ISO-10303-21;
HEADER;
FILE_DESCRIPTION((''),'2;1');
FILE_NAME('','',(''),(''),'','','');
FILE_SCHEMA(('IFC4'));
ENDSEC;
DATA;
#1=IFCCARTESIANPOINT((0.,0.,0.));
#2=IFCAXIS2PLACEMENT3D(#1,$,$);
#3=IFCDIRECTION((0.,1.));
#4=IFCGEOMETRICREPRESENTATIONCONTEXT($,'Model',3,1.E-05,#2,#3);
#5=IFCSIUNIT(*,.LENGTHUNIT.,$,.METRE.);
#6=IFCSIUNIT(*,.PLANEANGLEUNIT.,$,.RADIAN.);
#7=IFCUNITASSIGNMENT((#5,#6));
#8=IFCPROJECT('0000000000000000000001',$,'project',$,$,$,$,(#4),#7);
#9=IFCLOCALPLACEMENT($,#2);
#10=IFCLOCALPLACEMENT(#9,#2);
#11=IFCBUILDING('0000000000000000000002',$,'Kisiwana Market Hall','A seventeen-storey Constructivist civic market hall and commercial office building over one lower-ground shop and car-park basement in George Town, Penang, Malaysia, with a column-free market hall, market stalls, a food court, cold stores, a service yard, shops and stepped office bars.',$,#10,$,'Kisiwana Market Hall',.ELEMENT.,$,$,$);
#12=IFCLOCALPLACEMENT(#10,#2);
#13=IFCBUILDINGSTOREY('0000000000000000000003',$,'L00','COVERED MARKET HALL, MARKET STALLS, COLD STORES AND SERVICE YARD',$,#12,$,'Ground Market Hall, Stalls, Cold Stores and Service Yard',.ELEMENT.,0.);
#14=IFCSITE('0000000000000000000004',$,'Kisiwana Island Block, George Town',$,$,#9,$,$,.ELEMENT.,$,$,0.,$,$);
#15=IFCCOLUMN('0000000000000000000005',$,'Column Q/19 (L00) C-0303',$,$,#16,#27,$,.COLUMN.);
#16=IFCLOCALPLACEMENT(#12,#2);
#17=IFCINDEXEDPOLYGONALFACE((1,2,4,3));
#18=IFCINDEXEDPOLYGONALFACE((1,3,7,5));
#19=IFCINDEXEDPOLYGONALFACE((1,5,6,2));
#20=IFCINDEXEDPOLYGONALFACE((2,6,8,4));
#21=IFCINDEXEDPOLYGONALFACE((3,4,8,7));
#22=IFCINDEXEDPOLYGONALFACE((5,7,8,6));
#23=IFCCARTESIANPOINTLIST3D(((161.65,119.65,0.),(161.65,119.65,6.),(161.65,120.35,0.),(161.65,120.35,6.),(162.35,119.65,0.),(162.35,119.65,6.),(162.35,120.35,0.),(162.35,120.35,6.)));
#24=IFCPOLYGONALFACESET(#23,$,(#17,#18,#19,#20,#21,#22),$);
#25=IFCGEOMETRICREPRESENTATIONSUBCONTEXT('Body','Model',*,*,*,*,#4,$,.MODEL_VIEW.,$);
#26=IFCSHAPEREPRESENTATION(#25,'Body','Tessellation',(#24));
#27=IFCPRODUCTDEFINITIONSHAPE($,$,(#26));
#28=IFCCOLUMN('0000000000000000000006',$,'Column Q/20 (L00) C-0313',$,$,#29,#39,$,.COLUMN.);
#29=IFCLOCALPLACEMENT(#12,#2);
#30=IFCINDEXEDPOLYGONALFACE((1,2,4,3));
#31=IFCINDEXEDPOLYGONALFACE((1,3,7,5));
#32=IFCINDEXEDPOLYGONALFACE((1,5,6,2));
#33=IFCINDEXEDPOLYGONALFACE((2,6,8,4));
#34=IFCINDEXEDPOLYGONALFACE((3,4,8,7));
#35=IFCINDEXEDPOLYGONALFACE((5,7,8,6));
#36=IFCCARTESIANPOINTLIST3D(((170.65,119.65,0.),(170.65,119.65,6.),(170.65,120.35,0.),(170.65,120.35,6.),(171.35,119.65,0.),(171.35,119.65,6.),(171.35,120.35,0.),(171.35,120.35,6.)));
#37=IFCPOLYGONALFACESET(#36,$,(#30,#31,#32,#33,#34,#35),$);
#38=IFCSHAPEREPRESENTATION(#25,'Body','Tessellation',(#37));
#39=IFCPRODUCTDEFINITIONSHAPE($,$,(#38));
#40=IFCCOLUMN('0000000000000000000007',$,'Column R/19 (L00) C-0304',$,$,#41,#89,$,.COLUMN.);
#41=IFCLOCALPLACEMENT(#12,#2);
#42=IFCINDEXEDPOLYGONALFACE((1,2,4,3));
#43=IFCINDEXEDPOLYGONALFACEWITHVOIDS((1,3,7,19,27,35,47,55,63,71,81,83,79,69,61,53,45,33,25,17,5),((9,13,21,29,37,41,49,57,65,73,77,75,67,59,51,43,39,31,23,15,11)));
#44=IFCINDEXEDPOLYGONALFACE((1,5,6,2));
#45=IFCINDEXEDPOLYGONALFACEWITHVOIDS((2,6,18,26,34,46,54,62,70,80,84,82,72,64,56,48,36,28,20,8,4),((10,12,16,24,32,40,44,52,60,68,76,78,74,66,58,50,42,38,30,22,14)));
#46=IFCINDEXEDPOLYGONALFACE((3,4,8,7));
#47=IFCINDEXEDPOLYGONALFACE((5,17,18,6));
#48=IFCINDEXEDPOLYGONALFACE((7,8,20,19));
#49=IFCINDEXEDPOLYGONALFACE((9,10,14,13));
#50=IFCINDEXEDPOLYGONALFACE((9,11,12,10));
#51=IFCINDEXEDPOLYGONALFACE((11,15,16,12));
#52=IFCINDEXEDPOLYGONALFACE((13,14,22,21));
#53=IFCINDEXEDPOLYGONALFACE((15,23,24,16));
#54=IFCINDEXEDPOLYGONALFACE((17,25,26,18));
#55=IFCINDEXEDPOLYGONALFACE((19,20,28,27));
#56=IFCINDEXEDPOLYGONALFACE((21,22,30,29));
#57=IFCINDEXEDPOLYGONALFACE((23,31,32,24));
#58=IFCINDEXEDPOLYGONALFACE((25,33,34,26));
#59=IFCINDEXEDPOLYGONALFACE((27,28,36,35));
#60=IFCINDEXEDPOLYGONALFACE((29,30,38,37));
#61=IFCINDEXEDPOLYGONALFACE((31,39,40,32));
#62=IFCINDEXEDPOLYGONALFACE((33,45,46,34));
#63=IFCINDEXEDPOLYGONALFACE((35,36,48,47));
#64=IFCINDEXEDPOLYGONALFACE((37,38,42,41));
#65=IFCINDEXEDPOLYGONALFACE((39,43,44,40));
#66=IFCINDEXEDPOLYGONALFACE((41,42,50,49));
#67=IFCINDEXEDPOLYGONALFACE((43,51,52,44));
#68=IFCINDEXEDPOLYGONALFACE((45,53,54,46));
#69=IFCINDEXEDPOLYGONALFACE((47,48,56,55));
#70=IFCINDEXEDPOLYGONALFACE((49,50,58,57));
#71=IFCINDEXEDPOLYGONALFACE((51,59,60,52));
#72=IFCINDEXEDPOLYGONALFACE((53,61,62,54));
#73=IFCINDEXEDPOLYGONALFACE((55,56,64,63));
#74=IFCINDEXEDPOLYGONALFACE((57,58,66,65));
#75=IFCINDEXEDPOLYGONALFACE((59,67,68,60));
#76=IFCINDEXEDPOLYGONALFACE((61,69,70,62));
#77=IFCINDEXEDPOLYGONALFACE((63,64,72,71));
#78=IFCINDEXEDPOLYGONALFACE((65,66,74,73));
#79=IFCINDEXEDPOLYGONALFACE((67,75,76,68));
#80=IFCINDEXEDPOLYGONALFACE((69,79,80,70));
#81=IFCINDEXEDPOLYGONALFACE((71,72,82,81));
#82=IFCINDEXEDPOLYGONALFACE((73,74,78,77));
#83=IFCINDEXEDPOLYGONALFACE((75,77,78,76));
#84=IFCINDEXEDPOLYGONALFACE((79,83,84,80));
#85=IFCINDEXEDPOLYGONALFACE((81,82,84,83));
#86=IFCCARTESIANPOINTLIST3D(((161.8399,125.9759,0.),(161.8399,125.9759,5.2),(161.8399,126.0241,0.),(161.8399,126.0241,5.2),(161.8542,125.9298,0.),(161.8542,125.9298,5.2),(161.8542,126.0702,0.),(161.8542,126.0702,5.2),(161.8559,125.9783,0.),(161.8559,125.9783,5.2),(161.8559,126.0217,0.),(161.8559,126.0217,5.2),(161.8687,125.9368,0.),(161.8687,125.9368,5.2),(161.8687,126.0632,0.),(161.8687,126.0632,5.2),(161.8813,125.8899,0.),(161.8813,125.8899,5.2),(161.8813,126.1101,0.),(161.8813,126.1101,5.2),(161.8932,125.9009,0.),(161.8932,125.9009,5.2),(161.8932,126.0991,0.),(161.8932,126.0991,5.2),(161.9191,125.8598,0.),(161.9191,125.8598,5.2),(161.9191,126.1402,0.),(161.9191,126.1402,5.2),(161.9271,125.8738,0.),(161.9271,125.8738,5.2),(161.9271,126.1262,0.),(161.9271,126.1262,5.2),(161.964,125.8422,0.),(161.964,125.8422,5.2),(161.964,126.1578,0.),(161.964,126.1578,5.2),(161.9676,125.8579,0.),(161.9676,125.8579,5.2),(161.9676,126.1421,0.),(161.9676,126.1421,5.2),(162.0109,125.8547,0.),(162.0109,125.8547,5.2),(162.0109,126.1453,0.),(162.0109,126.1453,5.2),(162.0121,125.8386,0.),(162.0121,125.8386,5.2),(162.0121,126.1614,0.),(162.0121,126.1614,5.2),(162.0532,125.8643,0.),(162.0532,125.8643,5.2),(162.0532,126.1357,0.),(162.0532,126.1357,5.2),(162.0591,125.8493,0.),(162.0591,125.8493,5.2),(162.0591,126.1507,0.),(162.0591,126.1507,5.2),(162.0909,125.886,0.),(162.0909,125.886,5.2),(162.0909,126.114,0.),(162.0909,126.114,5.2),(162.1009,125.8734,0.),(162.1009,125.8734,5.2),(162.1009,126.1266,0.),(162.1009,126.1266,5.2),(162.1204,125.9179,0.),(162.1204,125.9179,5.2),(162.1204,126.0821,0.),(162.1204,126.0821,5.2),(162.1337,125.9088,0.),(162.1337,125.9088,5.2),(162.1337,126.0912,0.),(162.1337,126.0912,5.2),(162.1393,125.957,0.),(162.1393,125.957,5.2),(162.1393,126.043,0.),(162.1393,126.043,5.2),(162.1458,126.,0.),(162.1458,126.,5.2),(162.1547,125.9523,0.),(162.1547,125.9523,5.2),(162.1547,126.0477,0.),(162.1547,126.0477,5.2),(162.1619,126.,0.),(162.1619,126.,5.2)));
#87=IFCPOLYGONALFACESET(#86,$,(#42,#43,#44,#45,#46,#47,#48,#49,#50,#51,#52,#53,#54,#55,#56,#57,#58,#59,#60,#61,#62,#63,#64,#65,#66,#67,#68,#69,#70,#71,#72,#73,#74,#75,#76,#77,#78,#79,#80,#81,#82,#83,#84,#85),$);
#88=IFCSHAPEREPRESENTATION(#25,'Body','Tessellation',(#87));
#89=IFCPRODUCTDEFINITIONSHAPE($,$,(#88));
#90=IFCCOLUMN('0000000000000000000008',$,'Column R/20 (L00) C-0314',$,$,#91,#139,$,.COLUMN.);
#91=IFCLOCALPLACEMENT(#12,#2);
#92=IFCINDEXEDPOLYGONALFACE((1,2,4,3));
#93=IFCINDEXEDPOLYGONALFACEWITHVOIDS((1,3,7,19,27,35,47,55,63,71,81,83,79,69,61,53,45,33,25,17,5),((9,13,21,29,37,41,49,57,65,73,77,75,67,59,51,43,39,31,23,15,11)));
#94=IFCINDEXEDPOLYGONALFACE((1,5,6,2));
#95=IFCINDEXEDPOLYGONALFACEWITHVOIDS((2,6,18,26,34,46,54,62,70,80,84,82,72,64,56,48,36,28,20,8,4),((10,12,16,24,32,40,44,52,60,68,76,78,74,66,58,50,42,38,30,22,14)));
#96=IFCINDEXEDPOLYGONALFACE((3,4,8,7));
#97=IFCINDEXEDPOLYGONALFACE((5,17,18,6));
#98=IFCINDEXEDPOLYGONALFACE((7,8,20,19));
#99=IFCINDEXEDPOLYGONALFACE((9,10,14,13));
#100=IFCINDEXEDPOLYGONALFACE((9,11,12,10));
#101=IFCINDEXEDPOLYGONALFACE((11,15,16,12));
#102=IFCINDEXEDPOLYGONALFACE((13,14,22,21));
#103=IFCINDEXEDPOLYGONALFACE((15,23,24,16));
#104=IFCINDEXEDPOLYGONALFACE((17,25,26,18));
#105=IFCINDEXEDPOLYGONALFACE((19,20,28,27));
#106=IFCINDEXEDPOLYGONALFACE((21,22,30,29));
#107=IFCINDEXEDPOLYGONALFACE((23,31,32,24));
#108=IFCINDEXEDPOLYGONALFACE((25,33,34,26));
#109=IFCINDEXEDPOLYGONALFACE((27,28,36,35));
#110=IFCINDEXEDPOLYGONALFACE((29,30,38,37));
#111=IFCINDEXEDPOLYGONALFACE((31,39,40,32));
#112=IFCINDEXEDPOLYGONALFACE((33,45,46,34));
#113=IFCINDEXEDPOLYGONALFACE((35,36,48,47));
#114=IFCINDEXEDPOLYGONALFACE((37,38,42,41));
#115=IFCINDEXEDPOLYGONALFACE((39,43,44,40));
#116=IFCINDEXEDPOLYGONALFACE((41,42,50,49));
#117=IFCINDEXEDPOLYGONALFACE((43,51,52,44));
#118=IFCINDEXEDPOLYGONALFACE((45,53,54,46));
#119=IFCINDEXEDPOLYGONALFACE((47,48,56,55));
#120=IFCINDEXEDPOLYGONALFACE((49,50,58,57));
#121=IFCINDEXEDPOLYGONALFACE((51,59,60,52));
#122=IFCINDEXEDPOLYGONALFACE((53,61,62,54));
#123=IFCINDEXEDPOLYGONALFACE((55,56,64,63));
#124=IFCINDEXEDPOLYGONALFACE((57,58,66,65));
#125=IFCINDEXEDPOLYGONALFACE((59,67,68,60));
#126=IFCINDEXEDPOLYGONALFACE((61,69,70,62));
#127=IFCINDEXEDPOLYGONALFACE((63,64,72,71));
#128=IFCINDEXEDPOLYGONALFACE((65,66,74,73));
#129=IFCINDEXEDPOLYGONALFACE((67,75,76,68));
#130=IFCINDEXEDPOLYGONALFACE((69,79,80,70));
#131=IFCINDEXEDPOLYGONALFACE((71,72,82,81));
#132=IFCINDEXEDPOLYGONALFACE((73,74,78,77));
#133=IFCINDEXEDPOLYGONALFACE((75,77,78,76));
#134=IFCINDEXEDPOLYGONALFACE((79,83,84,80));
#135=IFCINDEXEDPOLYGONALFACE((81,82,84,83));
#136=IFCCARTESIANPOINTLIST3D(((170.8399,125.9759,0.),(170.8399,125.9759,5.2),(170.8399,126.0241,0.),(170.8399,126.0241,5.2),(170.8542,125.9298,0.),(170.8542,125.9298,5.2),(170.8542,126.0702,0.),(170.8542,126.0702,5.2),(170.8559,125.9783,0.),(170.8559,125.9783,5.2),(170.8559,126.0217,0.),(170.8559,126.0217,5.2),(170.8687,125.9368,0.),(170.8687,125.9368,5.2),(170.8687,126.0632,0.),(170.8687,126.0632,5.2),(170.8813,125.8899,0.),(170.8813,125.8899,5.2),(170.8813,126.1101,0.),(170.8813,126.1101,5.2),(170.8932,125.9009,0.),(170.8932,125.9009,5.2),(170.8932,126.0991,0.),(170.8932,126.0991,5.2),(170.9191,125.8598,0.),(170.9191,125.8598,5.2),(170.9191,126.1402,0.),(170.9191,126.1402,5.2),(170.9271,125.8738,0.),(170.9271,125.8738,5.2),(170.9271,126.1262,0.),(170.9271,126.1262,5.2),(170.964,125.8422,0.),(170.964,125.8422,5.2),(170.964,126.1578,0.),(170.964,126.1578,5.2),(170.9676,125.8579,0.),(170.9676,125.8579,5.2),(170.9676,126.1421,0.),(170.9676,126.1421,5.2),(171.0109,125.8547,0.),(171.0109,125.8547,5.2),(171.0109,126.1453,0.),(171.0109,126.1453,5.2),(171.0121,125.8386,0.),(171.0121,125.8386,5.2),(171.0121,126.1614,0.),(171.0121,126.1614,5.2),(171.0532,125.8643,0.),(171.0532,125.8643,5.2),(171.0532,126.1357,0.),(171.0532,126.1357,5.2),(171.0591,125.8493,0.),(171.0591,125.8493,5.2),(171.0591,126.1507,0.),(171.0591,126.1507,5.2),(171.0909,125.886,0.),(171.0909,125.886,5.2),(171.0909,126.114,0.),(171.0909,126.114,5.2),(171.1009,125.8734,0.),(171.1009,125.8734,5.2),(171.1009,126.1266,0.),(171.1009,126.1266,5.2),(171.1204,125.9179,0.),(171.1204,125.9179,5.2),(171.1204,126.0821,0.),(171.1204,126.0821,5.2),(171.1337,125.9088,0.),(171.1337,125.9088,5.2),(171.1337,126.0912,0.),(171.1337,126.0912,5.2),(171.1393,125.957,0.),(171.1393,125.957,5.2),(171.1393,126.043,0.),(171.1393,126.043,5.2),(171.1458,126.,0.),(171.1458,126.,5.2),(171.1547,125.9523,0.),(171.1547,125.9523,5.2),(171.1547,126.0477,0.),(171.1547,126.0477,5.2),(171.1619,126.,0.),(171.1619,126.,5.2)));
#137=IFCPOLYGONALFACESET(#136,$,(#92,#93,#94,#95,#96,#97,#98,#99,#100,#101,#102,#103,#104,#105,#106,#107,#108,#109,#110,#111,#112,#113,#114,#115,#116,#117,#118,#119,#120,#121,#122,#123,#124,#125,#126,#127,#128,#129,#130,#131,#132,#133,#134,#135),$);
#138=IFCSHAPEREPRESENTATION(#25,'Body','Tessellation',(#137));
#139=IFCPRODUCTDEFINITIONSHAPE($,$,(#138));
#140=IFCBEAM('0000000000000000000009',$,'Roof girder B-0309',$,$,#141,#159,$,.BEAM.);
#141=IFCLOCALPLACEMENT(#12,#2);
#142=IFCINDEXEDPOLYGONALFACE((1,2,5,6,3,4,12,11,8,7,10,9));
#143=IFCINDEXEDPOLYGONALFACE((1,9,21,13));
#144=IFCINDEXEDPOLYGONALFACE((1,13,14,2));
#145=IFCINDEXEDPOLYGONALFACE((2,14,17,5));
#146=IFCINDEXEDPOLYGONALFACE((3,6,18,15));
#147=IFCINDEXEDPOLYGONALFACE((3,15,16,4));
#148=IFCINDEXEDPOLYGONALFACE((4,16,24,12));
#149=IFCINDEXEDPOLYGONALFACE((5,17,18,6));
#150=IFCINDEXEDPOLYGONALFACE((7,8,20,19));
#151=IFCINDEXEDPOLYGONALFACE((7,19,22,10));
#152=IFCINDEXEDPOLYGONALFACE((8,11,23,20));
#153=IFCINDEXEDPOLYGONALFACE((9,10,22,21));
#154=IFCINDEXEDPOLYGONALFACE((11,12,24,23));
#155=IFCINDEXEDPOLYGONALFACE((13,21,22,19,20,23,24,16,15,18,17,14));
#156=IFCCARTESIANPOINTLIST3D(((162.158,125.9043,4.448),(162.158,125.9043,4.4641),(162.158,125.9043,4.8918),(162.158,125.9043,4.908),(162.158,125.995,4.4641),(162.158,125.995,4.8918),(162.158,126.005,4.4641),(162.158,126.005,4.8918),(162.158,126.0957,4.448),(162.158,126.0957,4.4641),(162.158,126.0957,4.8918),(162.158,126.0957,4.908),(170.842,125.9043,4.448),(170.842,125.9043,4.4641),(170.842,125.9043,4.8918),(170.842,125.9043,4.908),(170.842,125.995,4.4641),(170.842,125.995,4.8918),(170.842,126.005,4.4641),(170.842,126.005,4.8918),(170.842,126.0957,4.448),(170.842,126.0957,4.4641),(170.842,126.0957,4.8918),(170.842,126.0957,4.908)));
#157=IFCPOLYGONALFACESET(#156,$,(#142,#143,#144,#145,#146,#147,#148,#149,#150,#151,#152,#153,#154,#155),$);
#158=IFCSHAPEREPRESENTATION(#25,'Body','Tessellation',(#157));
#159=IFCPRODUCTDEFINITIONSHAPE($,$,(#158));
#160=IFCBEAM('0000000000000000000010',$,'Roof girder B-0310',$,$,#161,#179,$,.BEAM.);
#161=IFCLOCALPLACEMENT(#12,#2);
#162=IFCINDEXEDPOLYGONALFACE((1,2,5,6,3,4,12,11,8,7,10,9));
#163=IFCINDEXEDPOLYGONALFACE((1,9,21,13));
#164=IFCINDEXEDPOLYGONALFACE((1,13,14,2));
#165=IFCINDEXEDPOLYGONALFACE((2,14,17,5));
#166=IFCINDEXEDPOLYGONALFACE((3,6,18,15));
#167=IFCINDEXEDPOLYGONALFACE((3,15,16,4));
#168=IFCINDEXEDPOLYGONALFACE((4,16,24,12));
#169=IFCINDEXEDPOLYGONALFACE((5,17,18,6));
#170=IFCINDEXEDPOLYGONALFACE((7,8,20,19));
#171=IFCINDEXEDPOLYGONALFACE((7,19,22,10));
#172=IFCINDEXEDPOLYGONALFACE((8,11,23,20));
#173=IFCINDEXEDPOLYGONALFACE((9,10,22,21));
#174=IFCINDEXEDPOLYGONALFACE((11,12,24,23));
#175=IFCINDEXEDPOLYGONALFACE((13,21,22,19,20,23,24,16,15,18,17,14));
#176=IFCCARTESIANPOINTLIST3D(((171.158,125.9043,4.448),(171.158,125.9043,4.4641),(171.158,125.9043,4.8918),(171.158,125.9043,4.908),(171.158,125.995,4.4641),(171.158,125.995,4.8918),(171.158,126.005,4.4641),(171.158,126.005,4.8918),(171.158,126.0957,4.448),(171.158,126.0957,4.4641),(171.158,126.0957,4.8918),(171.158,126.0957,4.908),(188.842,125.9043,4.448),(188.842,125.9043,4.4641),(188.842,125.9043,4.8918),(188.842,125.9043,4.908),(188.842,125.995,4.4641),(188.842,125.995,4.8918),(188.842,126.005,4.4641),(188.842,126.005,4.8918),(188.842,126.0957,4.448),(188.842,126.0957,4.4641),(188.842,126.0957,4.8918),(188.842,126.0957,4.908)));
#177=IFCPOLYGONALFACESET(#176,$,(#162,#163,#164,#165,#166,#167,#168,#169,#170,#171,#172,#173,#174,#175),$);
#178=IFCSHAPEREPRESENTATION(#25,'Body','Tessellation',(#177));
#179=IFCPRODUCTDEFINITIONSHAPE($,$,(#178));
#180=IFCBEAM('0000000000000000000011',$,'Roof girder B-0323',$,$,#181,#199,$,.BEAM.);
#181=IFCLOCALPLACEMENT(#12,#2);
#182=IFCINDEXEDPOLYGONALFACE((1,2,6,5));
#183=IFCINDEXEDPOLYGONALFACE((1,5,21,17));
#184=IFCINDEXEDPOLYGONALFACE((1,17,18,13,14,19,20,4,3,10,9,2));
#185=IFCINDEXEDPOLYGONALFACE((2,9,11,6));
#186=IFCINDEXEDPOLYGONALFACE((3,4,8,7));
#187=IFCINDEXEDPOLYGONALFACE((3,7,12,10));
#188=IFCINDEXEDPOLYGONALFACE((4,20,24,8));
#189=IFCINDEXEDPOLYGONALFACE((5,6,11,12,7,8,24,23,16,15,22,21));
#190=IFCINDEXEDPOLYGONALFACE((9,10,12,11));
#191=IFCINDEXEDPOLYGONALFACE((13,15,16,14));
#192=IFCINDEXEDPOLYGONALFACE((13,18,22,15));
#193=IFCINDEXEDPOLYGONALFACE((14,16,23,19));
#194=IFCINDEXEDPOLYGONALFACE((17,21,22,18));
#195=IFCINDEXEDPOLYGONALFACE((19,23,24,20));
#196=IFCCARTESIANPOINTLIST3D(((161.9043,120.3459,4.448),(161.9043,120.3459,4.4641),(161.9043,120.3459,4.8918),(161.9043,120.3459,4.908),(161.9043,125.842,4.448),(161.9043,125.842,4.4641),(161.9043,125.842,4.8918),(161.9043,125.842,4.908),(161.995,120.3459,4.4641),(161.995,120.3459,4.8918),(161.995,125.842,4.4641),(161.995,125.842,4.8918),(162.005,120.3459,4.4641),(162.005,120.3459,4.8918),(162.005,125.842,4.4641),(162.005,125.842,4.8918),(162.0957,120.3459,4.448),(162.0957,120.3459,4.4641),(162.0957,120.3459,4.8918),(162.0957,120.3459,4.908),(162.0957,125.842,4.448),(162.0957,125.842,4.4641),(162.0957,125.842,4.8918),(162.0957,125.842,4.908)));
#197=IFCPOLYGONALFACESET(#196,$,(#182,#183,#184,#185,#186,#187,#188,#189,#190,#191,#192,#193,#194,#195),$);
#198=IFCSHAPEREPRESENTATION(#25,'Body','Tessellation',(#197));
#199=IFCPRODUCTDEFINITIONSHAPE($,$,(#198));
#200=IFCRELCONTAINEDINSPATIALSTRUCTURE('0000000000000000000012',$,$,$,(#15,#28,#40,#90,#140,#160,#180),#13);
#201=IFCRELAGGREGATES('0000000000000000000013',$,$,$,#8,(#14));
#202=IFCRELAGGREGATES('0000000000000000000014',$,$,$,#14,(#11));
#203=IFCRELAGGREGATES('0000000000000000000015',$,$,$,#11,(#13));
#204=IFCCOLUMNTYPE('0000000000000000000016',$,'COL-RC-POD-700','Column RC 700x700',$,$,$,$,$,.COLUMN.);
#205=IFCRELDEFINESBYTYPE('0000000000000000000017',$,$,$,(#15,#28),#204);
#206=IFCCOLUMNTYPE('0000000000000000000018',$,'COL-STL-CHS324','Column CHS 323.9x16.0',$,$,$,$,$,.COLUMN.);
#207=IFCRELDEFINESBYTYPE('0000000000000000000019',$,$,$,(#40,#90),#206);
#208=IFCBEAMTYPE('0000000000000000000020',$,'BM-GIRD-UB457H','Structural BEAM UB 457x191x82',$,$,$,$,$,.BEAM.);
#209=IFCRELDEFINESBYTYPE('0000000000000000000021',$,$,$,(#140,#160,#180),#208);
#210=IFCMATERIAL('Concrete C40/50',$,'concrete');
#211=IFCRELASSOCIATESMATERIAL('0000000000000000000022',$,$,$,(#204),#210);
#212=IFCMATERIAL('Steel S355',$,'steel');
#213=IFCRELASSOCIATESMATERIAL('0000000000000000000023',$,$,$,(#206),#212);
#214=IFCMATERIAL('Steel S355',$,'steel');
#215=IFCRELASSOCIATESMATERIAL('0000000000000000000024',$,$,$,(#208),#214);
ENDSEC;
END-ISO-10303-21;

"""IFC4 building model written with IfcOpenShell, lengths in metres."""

from ifc_helpers import new_model, si_unit, direction, frame, origin, origin_2d, place, context, subcontext, project, spatial, rectangle, hollow_circle, i_section, extrude, material, material_profile, profile_set, type_object, element, save


model = new_model("IFC4")

# Units and contexts
model_context = context("Model", 3, precision=1e-05, world=origin(), true_north=direction((0.0, 1.0)))
body_context = subcontext(model_context, "Body", "Model", "MODEL_VIEW")
ifc_project = project(units=[si_unit("LENGTHUNIT", "METRE"), si_unit("PLANEANGLEUNIT", "RADIAN")], contexts=[model_context])

# Site, building, storey
site_placement = place(None, origin())
site = spatial("IfcSite", under=ifc_project, at=site_placement, Name="Kisiwana Island Block, George Town", CompositionType="ELEMENT", RefElevation=0.0)
building_placement = place(site_placement, origin())
building = spatial("IfcBuilding", under=site, at=building_placement, Name="Kisiwana Market Hall", Description="A seventeen-storey Constructivist civic market hall and commercial office building over one lower-ground shop and car-park basement in George Town, Penang, Malaysia, with a column-free market hall, market stalls, a food court, cold stores, a service yard, shops and stepped office bars.", LongName="Kisiwana Market Hall", CompositionType="ELEMENT")
storey_placement = place(building_placement, origin())
storey = spatial("IfcBuildingStorey", under=building, at=storey_placement, Name="L00", Description="COVERED MARKET HALL, MARKET STALLS, COLD STORES AND SERVICE YARD", LongName="Ground Market Hall, Stalls, Cold Stores and Service Yard", CompositionType="ELEMENT", Elevation=0.0)

# Columns
ifc_material_1 = material(Name="Concrete C40/50", Category="concrete")
ifc_material_profile_1 = material_profile(ifc_material_1, rectangle(XDim=0.7, YDim=0.7, at=origin_2d()), Name="RC 700x700")
ifc_profile_set_1 = profile_set([ifc_material_profile_1], Name="Concrete C40/50")
column_type_1 = type_object("IfcColumnType", Name="COL-RC-POD-700", Description="Column RC 700x700", PredefinedType="COLUMN", material=ifc_profile_set_1)
for number, where, z_axis, x_axis, name in (
    (1, (162.0, 120.0, 0.0), (0.0, 0.0, 1.0), (1.0, 0.0, 0.0), "Column Q/19 (L00) C-0303"),
    (2, (171.0, 120.0, 0.0), (0.0, 0.0, 1.0), (1.0, 0.0, 0.0), "Column Q/20 (L00) C-0313"),
):
    element("IfcColumn", number, at=place(storey_placement, frame(where, z_axis=z_axis, x_axis=x_axis)), inside=storey, type_object=column_type_1, Name=name, PredefinedType="COLUMN", context=body_context, shape_type="SweptSolid", body=[
        extrude(rectangle(XDim=0.7, YDim=0.7, at=origin_2d()), origin(), (0.0, 0.0, 1.0), 6.0),
    ])
ifc_material_2 = material(Name="Steel S355", Category="steel")
ifc_material_profile_2 = material_profile(ifc_material_2, hollow_circle(Radius=0.1619, WallThickness=0.0161, at=origin_2d()), Name="CHS 323.9x16.0")
ifc_profile_set_2 = profile_set([ifc_material_profile_2], Name="Steel S355")
column_type_2 = type_object("IfcColumnType", Name="COL-STL-CHS324", Description="Column CHS 323.9x16.0", PredefinedType="COLUMN", material=ifc_profile_set_2)
for number, where, z_axis, x_axis, name in (
    (3, (162.0, 126.0, 0.0), (0.0, 0.0, 1.0), (1.0, 0.0, 0.0), "Column R/19 (L00) C-0304"),
    (4, (171.0, 126.0, 0.0), (0.0, 0.0, 1.0), (1.0, 0.0, 0.0), "Column R/20 (L00) C-0314"),
):
    element("IfcColumn", number, at=place(storey_placement, frame(where, z_axis=z_axis, x_axis=x_axis)), inside=storey, type_object=column_type_2, Name=name, PredefinedType="COLUMN", context=body_context, shape_type="SweptSolid", body=[
        extrude(hollow_circle(Radius=0.1619, WallThickness=0.0161, at=origin_2d()), origin(), (0.0, 0.0, 1.0), 5.2),
    ])

# Beams
ifc_material_3 = material(Name="Steel S355", Category="steel")
ifc_material_profile_3 = material_profile(ifc_material_3, i_section(OverallWidth=0.1914, OverallDepth=0.46, WebThickness=0.01, FlangeThickness=0.0161, at=origin_2d()), Name="UB 457x191x82")
ifc_profile_set_3 = profile_set([ifc_material_profile_3], Name="Steel S355")
beam_type_1 = type_object("IfcBeamType", Name="BM-GIRD-UB457H", Description="Structural BEAM UB 457x191x82", PredefinedType="BEAM", material=ifc_profile_set_3)
beam_1_placement = place(storey_placement, frame((162.158, 126.0, 4.678), z_axis=(1.0, 0.0, 0.0), x_axis=(0.0, 1.0, 0.0)))
element("IfcBeam", 5, at=beam_1_placement, inside=storey, type_object=beam_type_1, Name="Roof girder B-0309", PredefinedType="BEAM", context=body_context, shape_type="SweptSolid", body=[
    extrude(i_section(OverallWidth=0.1914, OverallDepth=0.46, WebThickness=0.01, FlangeThickness=0.0161, at=origin_2d()), origin(), (0.0, 0.0, 1.0), 8.6841),
])
beam_2_placement = place(storey_placement, frame((171.158, 126.0, 4.678), z_axis=(1.0, 0.0, 0.0), x_axis=(0.0, 1.0, 0.0)))
element("IfcBeam", 6, at=beam_2_placement, inside=storey, type_object=beam_type_1, Name="Roof girder B-0310", PredefinedType="BEAM", context=body_context, shape_type="SweptSolid", body=[
    extrude(i_section(OverallWidth=0.1914, OverallDepth=0.46, WebThickness=0.01, FlangeThickness=0.0161, at=origin_2d()), origin(), (0.0, 0.0, 1.0), 17.6841),
])
for number, where, z_axis, x_axis, name in (
    (7, (162.0, 120.3459, 4.678), (0.0, 1.0, 0.0), (-1.0, 0.0, 0.0), "Roof girder B-0323"),
):
    element("IfcBeam", number, at=place(storey_placement, frame(where, z_axis=z_axis, x_axis=x_axis)), inside=storey, type_object=beam_type_1, Name=name, PredefinedType="BEAM", context=body_context, shape_type="SweptSolid", body=[
        extrude(i_section(OverallWidth=0.1914, OverallDepth=0.46, WebThickness=0.01, FlangeThickness=0.0161, at=origin_2d()), origin(), (0.0, 0.0, 1.0), 5.4961),
    ])

save(model, "model.ifc")
